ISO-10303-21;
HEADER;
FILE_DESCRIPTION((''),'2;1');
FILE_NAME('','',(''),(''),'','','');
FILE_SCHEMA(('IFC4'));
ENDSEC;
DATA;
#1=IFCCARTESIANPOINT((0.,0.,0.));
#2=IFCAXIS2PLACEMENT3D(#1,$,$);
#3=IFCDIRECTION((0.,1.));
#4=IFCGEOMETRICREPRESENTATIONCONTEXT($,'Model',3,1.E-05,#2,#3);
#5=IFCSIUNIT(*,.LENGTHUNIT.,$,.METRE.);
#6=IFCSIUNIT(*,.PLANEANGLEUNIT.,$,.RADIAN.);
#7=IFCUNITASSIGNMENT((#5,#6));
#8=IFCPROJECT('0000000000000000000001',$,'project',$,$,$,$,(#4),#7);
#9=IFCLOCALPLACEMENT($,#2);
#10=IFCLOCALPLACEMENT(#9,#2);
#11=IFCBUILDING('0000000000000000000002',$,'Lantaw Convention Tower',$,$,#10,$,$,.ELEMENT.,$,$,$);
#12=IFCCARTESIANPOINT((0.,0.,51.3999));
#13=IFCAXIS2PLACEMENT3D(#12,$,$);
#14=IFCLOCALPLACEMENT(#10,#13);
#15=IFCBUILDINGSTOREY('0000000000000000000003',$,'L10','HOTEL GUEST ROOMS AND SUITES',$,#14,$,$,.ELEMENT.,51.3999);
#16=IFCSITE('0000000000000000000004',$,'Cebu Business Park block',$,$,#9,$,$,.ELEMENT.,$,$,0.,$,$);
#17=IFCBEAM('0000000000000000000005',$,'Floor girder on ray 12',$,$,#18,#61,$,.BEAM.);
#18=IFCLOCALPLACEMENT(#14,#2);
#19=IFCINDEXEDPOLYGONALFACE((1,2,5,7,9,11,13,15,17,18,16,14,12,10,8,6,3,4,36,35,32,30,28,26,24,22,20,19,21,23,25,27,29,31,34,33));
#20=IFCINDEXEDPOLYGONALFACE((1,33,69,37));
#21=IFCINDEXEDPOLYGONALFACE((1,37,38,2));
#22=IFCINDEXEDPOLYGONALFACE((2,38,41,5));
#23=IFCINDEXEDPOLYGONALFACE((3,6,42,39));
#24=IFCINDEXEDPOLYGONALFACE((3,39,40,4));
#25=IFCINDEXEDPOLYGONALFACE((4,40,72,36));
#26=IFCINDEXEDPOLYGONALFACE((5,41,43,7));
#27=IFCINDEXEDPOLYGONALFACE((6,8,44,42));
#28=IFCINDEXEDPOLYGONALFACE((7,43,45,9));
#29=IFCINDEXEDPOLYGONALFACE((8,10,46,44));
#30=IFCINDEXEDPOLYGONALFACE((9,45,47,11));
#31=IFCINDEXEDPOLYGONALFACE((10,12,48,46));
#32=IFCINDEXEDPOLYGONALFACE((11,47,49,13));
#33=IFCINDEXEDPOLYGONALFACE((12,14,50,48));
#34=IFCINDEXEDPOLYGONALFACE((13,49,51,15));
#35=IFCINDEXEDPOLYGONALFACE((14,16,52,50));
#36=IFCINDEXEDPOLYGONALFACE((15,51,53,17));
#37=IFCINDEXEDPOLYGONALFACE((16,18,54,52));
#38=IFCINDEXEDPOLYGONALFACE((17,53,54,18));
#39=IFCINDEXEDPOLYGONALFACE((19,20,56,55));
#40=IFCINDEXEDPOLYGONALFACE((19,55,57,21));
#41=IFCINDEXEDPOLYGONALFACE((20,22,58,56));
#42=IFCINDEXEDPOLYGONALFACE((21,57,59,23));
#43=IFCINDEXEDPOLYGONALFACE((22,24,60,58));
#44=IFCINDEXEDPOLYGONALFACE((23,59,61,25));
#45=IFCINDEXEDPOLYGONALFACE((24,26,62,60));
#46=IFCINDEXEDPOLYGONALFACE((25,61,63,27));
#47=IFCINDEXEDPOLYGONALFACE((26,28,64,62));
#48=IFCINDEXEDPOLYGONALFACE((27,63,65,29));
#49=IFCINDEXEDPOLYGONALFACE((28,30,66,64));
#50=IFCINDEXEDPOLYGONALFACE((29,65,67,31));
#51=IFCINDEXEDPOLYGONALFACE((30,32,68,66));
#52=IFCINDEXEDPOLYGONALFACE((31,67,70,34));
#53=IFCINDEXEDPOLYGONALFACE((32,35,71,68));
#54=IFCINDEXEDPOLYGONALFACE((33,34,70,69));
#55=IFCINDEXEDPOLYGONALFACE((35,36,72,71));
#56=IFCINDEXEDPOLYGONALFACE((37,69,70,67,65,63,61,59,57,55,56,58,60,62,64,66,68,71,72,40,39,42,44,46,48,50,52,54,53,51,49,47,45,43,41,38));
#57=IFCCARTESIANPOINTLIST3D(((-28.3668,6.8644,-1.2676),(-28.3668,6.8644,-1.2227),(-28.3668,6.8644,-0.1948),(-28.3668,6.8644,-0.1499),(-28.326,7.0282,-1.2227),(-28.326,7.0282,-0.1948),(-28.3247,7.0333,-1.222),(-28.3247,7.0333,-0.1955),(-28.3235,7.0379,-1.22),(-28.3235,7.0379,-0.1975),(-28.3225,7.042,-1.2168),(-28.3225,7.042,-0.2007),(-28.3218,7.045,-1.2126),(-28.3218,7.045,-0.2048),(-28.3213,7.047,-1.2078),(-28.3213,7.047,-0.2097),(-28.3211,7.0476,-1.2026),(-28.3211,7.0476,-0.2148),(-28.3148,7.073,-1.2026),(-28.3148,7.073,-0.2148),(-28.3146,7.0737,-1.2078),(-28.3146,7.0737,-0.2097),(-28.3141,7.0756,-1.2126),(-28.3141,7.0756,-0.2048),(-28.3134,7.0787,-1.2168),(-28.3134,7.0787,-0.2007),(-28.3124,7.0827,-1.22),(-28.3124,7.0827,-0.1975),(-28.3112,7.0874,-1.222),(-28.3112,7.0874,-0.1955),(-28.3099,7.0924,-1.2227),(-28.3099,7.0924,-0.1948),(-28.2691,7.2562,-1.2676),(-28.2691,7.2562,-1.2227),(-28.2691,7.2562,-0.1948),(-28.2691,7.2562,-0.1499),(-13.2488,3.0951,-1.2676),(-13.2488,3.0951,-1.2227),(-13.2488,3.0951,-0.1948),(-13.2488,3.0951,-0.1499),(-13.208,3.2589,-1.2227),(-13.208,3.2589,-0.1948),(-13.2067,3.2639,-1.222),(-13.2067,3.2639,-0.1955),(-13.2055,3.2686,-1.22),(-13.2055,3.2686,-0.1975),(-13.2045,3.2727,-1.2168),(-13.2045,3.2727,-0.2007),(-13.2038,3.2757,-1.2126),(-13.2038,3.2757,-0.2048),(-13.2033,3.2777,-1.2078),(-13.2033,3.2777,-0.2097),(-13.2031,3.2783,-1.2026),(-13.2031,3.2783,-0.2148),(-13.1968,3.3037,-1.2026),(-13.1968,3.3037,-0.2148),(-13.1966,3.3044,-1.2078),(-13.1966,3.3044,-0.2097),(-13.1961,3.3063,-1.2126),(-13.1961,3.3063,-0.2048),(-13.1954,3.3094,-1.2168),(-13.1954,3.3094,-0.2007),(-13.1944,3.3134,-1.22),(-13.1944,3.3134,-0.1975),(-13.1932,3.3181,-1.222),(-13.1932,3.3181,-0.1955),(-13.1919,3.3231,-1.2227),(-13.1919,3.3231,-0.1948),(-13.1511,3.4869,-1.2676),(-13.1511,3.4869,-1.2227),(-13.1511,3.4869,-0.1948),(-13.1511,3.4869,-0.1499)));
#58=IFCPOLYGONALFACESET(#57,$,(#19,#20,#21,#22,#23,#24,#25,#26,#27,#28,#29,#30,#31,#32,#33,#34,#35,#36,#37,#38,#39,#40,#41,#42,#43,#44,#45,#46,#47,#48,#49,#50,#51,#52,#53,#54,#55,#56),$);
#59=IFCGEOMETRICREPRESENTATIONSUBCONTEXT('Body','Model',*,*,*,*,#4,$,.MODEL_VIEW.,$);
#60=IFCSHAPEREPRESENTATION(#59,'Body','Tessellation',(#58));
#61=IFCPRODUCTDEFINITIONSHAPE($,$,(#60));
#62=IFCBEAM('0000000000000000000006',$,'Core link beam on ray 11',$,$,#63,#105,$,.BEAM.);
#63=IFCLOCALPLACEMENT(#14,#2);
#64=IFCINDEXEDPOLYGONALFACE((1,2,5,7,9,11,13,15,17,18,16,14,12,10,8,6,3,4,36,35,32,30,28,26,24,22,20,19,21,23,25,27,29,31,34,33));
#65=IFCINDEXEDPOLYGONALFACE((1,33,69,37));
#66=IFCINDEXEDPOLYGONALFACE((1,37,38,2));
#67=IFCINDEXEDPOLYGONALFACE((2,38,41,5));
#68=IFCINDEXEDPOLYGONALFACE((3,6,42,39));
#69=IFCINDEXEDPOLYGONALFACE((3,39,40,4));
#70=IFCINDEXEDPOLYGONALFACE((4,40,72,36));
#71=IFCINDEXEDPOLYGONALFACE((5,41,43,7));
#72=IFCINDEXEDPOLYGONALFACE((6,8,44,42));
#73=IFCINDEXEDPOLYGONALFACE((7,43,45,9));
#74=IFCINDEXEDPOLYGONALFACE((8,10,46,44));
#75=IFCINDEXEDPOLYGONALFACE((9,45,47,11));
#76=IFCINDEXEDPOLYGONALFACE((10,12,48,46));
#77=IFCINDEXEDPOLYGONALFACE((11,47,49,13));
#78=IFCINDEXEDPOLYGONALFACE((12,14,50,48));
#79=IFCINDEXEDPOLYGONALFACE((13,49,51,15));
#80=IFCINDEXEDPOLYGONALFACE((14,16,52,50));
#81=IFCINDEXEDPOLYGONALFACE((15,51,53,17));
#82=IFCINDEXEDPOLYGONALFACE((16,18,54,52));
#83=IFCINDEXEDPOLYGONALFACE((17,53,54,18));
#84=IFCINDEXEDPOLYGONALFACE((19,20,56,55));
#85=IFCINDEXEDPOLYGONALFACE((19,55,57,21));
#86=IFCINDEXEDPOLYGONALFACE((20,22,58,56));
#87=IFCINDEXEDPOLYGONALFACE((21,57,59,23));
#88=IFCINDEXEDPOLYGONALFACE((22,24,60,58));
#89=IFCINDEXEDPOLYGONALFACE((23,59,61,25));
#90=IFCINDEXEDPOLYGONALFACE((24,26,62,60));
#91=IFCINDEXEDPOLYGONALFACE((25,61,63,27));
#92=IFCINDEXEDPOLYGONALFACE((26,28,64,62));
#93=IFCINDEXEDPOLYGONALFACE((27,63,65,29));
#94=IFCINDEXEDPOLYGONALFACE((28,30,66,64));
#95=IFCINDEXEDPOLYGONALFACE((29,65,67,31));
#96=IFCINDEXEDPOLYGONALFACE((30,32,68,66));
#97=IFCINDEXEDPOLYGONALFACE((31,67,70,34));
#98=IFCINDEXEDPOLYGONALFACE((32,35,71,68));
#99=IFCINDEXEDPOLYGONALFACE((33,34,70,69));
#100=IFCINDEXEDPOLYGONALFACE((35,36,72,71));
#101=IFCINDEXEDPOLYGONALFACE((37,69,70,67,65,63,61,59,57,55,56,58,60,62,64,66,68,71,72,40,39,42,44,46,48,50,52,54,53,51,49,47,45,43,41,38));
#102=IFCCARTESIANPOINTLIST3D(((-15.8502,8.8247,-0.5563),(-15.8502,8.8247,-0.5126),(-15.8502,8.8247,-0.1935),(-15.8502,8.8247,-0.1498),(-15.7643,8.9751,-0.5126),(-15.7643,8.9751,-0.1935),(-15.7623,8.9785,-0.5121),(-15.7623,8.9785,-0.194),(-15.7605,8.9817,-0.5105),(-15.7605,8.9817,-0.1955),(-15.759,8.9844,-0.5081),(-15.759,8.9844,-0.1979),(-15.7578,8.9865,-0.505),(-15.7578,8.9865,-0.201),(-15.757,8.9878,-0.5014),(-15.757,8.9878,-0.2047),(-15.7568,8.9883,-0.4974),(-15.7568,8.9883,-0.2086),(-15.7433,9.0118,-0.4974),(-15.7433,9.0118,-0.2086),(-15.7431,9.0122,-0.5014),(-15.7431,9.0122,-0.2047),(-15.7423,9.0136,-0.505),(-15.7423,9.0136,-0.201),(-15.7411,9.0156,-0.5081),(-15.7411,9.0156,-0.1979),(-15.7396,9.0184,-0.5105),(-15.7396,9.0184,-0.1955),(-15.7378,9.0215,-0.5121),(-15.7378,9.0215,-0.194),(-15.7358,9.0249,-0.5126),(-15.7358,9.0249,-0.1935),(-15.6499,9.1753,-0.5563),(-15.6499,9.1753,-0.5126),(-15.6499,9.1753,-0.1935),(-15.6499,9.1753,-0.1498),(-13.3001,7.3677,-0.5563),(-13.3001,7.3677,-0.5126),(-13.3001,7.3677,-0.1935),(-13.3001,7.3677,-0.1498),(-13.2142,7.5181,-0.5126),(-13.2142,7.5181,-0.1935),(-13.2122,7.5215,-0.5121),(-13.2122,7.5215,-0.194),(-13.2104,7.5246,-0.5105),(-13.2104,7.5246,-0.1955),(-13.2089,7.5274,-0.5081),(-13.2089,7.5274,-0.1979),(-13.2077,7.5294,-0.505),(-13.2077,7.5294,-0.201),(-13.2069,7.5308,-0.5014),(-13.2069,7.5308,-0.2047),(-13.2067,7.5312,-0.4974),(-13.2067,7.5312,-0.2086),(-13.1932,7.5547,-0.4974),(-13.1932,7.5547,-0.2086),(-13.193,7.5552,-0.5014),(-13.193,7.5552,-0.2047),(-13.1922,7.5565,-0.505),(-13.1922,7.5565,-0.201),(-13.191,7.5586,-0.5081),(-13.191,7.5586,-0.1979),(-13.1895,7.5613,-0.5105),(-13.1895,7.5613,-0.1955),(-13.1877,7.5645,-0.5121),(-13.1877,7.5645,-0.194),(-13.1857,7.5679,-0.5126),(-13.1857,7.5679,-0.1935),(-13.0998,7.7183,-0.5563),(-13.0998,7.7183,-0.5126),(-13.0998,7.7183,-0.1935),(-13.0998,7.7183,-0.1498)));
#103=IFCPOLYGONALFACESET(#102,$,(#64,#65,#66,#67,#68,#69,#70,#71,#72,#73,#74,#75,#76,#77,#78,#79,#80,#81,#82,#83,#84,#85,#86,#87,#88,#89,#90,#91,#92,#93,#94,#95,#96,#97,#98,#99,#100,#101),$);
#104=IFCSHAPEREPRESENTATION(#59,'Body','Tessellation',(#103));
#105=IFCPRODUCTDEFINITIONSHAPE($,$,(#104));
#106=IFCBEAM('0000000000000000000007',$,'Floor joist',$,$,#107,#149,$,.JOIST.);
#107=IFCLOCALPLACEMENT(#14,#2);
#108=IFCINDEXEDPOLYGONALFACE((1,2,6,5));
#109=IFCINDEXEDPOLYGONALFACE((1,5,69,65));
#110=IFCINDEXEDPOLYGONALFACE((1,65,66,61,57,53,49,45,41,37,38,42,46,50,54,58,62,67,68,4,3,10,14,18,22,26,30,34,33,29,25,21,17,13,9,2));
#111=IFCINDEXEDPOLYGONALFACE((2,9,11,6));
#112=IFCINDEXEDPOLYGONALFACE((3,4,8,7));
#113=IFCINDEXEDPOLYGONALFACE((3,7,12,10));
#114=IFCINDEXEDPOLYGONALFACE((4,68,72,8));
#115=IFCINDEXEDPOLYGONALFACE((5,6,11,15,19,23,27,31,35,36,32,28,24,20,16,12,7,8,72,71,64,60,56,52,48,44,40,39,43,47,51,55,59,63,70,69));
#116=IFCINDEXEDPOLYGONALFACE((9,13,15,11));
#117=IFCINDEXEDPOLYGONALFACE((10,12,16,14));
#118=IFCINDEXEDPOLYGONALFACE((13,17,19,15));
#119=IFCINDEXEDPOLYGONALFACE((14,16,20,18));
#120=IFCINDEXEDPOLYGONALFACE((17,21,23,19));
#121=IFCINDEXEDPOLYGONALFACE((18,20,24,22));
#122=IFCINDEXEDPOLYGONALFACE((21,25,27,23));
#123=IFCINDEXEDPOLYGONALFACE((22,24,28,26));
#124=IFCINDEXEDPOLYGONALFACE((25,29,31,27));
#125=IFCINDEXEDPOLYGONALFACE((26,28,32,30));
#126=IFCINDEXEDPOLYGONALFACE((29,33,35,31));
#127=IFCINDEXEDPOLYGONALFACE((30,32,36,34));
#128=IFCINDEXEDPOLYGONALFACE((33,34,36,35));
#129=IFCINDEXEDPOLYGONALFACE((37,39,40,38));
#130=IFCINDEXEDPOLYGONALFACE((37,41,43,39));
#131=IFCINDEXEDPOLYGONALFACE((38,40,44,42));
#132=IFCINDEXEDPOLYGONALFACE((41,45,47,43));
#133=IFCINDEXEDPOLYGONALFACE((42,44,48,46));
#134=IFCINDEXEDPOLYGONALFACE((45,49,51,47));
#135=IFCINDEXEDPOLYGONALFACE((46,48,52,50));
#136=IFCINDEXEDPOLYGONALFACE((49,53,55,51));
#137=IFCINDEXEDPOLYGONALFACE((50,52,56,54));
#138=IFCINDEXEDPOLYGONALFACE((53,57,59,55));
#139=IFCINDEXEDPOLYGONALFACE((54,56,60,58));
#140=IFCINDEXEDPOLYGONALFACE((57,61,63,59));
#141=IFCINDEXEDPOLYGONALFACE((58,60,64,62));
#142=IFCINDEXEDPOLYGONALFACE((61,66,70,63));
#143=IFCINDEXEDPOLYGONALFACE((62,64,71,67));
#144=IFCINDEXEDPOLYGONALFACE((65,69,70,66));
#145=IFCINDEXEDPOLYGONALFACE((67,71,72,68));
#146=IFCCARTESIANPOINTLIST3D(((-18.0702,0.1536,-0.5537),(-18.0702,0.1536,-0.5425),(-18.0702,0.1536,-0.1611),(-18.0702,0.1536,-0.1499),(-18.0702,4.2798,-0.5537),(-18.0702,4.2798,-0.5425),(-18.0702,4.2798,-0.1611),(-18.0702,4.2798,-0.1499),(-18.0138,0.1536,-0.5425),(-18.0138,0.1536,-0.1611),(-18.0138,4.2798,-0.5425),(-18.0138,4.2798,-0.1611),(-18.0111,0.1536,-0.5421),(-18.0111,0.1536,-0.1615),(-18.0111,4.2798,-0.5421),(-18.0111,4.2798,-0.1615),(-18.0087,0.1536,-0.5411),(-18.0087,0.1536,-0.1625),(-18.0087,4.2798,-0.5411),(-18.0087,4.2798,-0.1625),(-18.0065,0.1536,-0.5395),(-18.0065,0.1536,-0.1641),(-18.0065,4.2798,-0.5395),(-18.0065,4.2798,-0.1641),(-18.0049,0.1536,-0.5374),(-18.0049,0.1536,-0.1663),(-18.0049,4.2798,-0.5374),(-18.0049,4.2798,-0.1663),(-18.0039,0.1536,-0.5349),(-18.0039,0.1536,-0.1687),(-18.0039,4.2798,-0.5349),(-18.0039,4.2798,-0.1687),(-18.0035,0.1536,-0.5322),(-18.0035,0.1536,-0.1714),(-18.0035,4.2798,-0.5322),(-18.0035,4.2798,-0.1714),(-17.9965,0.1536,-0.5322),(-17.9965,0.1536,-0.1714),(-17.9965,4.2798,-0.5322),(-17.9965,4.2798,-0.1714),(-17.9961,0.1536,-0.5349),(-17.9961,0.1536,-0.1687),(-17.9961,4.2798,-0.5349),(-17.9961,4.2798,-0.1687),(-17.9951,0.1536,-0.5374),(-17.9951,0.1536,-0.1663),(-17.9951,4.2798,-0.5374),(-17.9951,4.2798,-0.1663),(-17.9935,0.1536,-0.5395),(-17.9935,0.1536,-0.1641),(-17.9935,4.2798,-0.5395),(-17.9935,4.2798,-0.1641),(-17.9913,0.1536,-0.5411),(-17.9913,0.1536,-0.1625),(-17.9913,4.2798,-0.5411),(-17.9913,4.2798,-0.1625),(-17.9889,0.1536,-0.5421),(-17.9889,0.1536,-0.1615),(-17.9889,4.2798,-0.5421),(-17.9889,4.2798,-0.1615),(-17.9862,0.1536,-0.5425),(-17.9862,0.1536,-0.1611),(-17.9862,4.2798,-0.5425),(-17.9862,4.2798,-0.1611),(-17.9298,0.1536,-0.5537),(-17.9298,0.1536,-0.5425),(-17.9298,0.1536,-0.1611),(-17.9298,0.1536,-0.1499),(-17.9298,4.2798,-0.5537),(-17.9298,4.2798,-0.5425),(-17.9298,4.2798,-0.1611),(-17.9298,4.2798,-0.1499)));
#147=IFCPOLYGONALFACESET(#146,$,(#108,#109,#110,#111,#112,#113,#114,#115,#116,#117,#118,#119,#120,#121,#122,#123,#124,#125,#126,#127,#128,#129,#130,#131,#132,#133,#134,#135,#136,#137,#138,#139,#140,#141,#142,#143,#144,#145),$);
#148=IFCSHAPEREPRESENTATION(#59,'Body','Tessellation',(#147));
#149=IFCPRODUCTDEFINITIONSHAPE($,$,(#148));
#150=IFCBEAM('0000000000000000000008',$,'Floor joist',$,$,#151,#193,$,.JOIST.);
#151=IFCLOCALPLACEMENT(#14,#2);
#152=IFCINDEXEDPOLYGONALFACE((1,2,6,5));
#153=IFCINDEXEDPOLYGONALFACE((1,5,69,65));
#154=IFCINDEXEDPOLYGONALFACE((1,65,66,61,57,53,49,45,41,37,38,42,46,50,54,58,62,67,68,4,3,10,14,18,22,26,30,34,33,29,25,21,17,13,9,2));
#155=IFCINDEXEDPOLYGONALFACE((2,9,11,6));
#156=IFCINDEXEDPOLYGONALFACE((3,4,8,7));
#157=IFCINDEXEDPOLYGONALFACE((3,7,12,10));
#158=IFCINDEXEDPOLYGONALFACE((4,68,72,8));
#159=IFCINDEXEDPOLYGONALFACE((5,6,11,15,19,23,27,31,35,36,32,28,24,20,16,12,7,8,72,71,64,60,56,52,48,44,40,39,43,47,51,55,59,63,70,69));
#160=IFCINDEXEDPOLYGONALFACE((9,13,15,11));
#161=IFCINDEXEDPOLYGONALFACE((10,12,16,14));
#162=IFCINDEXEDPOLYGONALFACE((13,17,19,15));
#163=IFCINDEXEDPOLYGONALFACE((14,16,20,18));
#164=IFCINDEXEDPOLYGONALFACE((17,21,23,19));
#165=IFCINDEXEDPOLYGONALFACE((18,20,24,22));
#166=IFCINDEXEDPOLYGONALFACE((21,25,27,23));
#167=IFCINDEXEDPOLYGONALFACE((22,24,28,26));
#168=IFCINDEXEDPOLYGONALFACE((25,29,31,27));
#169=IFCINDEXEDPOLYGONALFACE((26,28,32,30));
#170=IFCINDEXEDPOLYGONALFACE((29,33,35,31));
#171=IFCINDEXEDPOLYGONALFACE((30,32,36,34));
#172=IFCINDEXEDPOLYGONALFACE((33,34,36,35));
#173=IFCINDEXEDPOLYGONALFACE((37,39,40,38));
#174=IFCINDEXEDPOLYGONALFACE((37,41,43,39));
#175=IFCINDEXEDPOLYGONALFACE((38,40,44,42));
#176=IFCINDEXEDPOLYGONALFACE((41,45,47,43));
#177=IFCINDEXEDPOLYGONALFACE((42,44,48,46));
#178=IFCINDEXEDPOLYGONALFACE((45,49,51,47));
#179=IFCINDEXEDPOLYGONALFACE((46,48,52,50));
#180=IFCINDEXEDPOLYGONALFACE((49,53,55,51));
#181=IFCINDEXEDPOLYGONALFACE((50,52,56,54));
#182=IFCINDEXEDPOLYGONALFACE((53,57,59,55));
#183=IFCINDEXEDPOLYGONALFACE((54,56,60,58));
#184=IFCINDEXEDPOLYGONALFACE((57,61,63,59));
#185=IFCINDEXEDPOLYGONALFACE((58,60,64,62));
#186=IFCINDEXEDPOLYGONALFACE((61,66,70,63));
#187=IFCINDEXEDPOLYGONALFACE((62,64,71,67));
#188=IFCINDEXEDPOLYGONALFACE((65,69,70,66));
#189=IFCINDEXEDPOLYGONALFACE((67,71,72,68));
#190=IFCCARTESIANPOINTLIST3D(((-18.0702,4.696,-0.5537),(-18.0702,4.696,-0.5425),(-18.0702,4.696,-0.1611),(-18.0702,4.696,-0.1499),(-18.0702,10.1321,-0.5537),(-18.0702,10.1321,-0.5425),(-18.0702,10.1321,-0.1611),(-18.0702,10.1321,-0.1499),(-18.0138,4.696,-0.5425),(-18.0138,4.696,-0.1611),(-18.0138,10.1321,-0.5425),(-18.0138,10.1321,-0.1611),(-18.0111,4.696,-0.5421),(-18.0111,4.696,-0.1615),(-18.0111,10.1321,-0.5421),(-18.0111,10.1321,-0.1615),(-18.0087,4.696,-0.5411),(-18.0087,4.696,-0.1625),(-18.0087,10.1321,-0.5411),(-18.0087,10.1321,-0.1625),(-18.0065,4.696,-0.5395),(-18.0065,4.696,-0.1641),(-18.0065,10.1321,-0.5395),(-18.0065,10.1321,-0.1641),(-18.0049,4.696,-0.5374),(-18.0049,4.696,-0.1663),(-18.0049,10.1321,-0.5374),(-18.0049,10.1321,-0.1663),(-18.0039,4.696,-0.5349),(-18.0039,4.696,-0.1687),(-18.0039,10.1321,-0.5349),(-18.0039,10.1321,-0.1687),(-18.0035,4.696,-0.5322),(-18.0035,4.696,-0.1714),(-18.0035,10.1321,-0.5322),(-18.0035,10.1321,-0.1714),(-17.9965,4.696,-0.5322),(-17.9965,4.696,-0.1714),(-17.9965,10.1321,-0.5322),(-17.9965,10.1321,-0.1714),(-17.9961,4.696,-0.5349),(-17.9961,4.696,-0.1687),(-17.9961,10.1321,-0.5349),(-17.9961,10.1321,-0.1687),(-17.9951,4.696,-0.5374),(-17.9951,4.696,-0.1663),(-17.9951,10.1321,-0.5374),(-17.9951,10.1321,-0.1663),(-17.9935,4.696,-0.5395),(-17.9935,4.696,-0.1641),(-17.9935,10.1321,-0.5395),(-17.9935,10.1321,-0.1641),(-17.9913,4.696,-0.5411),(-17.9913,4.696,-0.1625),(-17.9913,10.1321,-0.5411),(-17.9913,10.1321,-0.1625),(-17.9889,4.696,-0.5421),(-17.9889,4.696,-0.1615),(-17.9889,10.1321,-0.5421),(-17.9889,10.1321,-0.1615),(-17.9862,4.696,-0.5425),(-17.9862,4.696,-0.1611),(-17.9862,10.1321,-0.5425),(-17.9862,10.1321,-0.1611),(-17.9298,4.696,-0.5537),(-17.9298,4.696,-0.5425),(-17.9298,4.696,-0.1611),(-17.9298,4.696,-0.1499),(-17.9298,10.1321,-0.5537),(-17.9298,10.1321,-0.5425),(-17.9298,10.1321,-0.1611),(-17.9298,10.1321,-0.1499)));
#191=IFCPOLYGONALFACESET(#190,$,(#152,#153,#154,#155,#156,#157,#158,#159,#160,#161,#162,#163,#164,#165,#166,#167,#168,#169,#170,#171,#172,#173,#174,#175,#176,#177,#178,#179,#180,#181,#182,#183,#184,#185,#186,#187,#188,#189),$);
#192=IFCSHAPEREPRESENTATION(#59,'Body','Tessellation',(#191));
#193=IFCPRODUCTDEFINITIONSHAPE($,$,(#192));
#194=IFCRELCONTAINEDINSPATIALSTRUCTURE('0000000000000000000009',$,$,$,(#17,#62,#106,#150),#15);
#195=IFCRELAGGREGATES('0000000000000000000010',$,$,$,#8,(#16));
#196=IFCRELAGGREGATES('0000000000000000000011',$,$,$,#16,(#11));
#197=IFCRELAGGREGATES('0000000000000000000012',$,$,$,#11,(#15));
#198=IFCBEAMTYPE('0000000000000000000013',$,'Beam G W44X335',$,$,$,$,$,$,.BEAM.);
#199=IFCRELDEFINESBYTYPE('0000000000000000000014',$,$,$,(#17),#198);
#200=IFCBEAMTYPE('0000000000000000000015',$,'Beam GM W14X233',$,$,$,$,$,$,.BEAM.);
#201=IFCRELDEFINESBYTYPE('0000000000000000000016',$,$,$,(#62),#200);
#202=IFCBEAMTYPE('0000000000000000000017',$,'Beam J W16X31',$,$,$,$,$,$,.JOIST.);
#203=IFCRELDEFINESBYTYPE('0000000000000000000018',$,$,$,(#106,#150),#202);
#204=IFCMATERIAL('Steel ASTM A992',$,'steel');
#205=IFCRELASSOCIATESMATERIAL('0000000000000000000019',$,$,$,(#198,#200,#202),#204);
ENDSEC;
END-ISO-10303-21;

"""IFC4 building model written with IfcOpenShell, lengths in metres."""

from ifc_helpers import new_model, si_unit, direction, frame, origin, origin_2d, place, context, subcontext, project, spatial, i_section, extrude, material, material_profile, profile_set, type_object, element, save


model = new_model("IFC4")

# Units and contexts
model_context = context("Model", 3, precision=1e-05, world=origin(), true_north=direction((0.0, 1.0)))
body_context = subcontext(model_context, "Body", "Model", "MODEL_VIEW")
ifc_project = project(units=[si_unit("LENGTHUNIT", "METRE"), si_unit("PLANEANGLEUNIT", "RADIAN")], contexts=[model_context])

# Site, building, storey
site_placement = place(None, origin())
site = spatial("IfcSite", under=ifc_project, at=site_placement, Name="Cebu Business Park block", CompositionType="ELEMENT", RefElevation=0.0)
building_placement = place(site_placement, origin())
building = spatial("IfcBuilding", under=site, at=building_placement, Name="Lantaw Convention Tower", CompositionType="ELEMENT")
storey_placement = place(building_placement, frame((0.0, 0.0, 51.3999)))
storey = spatial("IfcBuildingStorey", under=building, at=storey_placement, Name="L10", Description="HOTEL GUEST ROOMS AND SUITES", CompositionType="ELEMENT", Elevation=51.3999)

# Beams
ifc_material_1 = material(Name="Steel ASTM A992", Category="steel")
ifc_material_profile_1 = material_profile(ifc_material_1, i_section(OverallWidth=0.4038, OverallDepth=1.1177, WebThickness=0.0261, FlangeThickness=0.0449, FilletRadius=0.02, at=origin_2d()), Name="W44X335")
ifc_profile_set_1 = profile_set([ifc_material_profile_1], Name="Steel ASTM A992")
beam_type_1 = type_object("IfcBeamType", Name="Beam G W44X335", PredefinedType="BEAM", material=ifc_profile_set_1)
beam_1_placement = place(storey_placement, frame((-13.2, 3.291, -0.7087), z_axis=(-0.970296, 0.24192, 0.0), x_axis=(-0.24192, -0.970296, 0.0)))
element("IfcBeam", 1, at=beam_1_placement, inside=storey, type_object=beam_type_1, Name="Floor girder on ray 12", PredefinedType="BEAM", context=body_context, shape_type="SweptSolid", body=[
    extrude(i_section(OverallWidth=0.4038, OverallDepth=1.1177, WebThickness=0.0261, FlangeThickness=0.0449, FilletRadius=0.02, at=origin_2d()), origin(), (0.0, 0.0, 1.0), 15.5808),
])
ifc_material_profile_2 = material_profile(ifc_material_1, i_section(OverallWidth=0.4038, OverallDepth=0.4065, WebThickness=0.0271, FlangeThickness=0.0437, FilletRadius=0.0151, at=origin_2d()), Name="W14X233")
ifc_profile_set_2 = profile_set([ifc_material_profile_2], Name="Steel ASTM A992")
beam_type_2 = type_object("IfcBeamType", Name="Beam GM W14X233", PredefinedType="BEAM", material=ifc_profile_set_2)
beam_2_placement = place(storey_placement, frame((-13.2, 7.543, -0.353), z_axis=(-0.868264, 0.496103, 0.0), x_axis=(-0.496103, -0.868264, 0.0)))
element("IfcBeam", 2, at=beam_2_placement, inside=storey, type_object=beam_type_2, Name="Core link beam on ray 11", PredefinedType="BEAM", context=body_context, shape_type="SweptSolid", body=[
    extrude(i_section(OverallWidth=0.4038, OverallDepth=0.4065, WebThickness=0.0271, FlangeThickness=0.0437, FilletRadius=0.0151, at=origin_2d()), origin(), (0.0, 0.0, 1.0), 2.937),
])
ifc_material_profile_3 = material_profile(ifc_material_1, i_section(OverallWidth=0.1404, OverallDepth=0.4038, WebThickness=0.0071, FlangeThickness=0.0112, FilletRadius=0.0103, at=origin_2d()), Name="W16X31")
ifc_profile_set_3 = profile_set([ifc_material_profile_3], Name="Steel ASTM A992")
beam_type_3 = type_object("IfcBeamType", Name="Beam J W16X31", PredefinedType="JOIST", material=ifc_profile_set_3)
beam_3_placement = place(storey_placement, frame((-18.0, 0.1536, -0.3518), z_axis=(0.0, 1.0, 0.0), x_axis=(-1.0, 0.0, 0.0)))
element("IfcBeam", 3, at=beam_3_placement, inside=storey, type_object=beam_type_3, Name="Floor joist", PredefinedType="JOIST", context=body_context, shape_type="SweptSolid", body=[
    extrude(i_section(OverallWidth=0.1404, OverallDepth=0.4038, WebThickness=0.0071, FlangeThickness=0.0112, FilletRadius=0.0103, at=origin_2d()), origin(), (0.0, 0.0, 1.0), 4.1262),
])
beam_4_placement = place(storey_placement, frame((-18.0, 4.696, -0.3518), z_axis=(0.0, 1.0, 0.0), x_axis=(-1.0, 0.0, 0.0)))
element("IfcBeam", 4, at=beam_4_placement, inside=storey, type_object=beam_type_3, Name="Floor joist", PredefinedType="JOIST", context=body_context, shape_type="SweptSolid", body=[
    extrude(i_section(OverallWidth=0.1404, OverallDepth=0.4038, WebThickness=0.0071, FlangeThickness=0.0112, FilletRadius=0.0103, at=origin_2d()), origin(), (0.0, 0.0, 1.0), 5.436),
])

save(model, "model.ifc")
